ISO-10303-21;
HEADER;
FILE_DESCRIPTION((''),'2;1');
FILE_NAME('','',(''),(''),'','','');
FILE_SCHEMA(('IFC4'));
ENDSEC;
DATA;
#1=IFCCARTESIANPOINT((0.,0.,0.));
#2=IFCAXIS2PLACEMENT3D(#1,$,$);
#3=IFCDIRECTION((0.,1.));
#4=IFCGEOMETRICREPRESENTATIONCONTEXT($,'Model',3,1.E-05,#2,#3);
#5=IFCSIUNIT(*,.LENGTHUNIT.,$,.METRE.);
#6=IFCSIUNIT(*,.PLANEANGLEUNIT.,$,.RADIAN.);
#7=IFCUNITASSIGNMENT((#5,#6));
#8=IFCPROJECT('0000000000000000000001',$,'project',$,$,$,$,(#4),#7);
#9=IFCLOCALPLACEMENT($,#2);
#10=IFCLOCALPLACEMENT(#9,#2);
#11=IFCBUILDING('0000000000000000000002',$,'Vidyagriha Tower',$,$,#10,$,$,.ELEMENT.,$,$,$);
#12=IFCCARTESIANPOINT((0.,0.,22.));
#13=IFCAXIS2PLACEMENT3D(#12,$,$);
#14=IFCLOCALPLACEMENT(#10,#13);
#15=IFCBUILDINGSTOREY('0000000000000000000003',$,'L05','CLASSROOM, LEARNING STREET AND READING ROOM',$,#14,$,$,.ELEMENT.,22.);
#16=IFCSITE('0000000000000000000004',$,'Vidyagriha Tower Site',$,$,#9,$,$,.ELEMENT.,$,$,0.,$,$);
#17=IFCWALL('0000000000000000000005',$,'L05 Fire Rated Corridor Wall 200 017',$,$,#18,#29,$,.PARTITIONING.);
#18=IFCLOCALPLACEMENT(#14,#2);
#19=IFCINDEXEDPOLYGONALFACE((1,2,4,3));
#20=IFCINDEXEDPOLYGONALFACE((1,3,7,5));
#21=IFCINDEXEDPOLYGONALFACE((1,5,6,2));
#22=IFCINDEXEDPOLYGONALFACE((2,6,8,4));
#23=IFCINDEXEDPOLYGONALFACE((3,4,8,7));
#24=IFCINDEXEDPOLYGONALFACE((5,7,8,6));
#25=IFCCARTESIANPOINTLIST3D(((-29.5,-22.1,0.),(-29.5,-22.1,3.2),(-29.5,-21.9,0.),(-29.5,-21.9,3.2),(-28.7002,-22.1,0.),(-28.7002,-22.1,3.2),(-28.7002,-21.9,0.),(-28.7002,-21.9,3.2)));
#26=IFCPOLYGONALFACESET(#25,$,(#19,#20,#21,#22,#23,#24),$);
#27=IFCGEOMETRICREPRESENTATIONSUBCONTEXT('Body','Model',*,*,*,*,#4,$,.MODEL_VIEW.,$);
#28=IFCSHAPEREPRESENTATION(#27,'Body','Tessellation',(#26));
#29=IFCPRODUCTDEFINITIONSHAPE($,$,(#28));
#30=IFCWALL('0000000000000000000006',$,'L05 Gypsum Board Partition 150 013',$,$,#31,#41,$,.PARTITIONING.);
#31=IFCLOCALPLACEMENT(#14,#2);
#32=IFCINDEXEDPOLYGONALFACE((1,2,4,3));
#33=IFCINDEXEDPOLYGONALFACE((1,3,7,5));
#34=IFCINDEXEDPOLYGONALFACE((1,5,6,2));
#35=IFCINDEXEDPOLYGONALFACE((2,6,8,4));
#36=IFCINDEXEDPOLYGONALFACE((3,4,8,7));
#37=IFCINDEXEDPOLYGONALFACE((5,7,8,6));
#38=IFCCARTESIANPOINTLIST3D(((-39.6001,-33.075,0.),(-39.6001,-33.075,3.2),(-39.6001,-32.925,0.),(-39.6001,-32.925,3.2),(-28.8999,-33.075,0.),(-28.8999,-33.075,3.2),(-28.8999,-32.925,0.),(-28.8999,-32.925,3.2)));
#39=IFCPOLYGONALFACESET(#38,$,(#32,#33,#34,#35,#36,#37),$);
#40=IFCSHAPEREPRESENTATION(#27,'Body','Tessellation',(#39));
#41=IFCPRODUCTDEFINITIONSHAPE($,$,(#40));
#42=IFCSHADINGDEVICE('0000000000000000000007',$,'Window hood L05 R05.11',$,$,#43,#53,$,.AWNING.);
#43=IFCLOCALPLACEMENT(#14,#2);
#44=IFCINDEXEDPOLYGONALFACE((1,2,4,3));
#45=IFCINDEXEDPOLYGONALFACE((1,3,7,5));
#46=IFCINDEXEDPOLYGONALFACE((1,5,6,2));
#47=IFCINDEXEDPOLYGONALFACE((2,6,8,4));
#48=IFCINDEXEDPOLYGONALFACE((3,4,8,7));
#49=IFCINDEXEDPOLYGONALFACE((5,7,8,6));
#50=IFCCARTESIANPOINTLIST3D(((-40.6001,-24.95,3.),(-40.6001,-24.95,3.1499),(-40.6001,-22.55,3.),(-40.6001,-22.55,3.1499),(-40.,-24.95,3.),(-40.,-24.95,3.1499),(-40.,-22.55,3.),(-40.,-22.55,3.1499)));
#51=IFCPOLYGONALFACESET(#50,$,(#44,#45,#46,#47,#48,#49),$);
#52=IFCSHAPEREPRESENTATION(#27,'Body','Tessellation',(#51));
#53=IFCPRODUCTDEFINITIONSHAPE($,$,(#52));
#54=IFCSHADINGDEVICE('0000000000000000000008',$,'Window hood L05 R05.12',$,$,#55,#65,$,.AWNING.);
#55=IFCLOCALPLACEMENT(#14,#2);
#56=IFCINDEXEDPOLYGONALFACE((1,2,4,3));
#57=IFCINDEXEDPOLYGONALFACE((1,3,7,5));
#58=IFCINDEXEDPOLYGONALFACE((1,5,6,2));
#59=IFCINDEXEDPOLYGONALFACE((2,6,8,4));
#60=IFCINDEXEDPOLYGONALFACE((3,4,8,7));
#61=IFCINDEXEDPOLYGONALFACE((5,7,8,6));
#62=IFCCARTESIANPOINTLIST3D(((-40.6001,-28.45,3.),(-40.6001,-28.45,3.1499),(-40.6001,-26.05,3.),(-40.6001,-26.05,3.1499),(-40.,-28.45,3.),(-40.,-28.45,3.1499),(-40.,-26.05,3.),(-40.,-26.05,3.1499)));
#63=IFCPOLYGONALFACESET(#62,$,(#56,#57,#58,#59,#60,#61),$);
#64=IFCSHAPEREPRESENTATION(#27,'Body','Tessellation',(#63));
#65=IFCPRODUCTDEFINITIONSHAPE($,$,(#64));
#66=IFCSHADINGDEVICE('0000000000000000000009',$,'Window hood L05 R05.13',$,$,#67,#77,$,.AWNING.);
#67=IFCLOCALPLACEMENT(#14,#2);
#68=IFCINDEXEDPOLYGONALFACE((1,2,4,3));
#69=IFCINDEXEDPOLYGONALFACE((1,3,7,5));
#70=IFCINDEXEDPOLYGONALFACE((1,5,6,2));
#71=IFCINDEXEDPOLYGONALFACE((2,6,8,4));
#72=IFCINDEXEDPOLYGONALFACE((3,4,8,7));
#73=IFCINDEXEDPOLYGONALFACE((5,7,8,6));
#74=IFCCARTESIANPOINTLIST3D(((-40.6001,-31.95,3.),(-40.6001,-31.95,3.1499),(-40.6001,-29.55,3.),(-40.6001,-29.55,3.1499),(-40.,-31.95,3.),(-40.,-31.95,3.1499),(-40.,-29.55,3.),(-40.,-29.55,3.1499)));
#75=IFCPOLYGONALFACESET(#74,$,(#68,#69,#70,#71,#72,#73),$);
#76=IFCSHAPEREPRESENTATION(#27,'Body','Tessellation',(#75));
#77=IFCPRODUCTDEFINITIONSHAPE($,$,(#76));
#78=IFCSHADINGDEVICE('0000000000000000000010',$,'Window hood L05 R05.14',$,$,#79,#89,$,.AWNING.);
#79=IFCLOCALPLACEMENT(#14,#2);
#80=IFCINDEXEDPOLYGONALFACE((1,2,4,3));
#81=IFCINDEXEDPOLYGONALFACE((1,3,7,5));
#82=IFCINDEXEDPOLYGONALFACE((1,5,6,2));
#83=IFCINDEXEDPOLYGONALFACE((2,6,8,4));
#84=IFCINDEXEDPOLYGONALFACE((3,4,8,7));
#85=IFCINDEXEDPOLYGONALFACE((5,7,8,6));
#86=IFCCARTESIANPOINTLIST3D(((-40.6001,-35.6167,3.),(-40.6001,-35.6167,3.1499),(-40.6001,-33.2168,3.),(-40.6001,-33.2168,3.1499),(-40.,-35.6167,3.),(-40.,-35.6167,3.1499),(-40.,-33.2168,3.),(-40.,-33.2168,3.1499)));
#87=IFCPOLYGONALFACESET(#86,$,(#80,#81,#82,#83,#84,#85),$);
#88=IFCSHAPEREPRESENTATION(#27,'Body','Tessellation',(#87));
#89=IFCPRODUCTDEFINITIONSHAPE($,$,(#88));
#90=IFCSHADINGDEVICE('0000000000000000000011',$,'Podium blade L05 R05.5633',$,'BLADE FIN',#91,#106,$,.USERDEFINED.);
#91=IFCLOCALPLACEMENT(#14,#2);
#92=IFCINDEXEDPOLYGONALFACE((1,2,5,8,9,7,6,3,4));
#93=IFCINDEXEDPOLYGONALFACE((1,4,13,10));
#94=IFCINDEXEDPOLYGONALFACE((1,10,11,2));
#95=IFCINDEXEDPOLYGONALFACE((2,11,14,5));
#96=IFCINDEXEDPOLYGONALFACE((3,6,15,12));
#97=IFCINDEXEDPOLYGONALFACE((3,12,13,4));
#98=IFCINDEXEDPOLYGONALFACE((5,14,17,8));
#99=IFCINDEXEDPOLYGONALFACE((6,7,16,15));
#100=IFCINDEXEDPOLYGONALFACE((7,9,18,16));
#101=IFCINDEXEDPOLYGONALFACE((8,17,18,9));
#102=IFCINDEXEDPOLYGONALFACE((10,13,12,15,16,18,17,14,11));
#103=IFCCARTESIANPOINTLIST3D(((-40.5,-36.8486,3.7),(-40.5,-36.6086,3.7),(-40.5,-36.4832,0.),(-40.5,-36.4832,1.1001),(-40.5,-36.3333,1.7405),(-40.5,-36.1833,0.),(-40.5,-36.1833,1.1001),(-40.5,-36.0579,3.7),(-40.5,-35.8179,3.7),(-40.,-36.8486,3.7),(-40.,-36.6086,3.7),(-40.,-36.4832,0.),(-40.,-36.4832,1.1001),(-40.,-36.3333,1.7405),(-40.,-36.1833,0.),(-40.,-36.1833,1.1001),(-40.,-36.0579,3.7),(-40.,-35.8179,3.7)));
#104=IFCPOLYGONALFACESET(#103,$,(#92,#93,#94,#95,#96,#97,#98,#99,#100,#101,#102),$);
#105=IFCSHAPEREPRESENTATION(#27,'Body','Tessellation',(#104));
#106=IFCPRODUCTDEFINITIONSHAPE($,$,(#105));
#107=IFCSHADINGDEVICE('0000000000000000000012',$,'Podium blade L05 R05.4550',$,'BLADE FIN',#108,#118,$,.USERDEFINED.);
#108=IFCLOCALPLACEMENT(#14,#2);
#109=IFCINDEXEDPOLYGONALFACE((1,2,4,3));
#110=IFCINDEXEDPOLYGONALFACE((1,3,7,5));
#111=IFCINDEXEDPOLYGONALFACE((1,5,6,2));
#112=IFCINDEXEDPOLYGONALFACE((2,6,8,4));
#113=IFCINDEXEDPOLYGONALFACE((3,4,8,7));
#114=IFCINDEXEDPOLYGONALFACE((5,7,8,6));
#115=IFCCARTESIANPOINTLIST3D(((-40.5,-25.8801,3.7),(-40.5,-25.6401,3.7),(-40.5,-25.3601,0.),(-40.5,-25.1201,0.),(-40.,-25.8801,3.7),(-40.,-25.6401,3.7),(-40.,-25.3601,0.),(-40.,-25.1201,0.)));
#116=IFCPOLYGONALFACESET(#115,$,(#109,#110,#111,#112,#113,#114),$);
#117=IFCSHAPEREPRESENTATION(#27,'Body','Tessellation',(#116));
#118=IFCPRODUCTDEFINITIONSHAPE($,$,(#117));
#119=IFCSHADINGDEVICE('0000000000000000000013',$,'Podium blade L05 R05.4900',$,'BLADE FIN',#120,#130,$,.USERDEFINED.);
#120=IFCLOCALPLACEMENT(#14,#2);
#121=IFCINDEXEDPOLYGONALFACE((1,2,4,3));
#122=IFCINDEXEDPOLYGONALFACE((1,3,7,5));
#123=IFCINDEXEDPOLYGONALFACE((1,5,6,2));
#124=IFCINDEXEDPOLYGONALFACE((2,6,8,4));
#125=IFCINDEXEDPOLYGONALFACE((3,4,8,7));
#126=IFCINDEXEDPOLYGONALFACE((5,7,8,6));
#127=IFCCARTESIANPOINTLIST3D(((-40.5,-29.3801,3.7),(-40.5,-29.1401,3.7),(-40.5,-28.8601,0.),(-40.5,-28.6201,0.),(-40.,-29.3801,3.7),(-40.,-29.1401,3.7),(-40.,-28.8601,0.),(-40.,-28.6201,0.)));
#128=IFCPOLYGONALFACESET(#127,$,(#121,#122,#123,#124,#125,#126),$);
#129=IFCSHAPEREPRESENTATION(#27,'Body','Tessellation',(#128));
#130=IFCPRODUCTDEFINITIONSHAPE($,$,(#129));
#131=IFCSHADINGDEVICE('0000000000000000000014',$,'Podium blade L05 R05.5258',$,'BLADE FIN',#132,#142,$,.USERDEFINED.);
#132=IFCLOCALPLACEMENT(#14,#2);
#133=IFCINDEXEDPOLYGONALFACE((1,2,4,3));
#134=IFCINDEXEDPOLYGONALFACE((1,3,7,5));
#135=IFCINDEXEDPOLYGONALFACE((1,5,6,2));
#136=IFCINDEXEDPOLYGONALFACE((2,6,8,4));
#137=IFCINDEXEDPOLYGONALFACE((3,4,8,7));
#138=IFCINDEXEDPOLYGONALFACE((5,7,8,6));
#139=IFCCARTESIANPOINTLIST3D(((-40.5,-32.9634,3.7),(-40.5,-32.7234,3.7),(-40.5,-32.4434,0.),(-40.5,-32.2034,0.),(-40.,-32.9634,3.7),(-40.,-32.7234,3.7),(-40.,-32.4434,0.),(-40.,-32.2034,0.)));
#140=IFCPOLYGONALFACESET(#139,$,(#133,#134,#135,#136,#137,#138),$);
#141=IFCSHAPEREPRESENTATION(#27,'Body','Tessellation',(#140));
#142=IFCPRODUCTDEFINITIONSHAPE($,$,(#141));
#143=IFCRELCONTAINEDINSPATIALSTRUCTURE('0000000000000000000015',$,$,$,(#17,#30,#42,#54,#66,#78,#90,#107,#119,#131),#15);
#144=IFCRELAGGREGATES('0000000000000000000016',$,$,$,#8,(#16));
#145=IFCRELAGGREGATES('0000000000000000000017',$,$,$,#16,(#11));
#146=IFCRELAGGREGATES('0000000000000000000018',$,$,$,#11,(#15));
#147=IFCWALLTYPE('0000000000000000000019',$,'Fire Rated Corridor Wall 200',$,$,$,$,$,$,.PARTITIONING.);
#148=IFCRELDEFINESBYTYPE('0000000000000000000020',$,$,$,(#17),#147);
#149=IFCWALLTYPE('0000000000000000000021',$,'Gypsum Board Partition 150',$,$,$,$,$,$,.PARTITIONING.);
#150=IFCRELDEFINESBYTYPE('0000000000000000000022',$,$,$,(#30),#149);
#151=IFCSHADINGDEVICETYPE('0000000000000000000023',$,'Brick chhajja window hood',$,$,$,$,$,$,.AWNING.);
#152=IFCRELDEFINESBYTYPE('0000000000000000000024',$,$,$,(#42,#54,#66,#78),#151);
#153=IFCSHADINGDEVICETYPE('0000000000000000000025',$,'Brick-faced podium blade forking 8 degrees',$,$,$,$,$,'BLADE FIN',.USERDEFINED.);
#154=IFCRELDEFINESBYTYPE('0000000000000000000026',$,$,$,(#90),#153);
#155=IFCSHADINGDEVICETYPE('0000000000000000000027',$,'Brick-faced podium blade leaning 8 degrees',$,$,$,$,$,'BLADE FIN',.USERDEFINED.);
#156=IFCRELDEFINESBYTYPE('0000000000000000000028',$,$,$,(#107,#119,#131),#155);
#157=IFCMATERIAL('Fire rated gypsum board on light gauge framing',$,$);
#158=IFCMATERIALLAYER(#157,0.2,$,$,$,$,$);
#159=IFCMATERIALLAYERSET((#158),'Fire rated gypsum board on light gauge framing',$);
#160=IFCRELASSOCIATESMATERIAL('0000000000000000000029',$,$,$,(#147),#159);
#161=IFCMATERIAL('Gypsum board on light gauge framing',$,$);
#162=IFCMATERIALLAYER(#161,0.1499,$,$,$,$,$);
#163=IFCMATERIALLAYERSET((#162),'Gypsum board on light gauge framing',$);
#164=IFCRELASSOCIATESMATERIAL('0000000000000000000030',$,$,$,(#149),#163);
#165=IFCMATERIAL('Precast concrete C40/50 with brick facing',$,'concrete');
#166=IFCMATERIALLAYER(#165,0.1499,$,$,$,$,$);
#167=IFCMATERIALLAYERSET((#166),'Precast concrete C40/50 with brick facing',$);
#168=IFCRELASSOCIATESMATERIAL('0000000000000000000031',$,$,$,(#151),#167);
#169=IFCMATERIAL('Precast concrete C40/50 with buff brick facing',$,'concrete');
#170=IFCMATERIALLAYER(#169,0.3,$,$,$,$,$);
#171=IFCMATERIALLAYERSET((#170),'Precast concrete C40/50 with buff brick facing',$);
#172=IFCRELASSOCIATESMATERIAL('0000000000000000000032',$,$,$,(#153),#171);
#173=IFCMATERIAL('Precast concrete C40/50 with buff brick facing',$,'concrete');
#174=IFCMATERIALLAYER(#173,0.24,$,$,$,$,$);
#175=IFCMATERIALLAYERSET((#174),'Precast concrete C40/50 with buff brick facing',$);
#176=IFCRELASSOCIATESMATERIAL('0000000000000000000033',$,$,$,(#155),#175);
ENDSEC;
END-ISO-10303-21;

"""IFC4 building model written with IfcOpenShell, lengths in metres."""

from ifc_helpers import new_model, si_unit, direction, frame, frame_2d, origin, origin_2d, place, context, subcontext, project, spatial, polyline, rectangle, outline, extrude, material, layer, layer_set, type_object, element, save


model = new_model("IFC4")

# Units and contexts
model_context = context("Model", 3, precision=1e-05, world=origin(), true_north=direction((0.0, 1.0)))
body_context = subcontext(model_context, "Body", "Model", "MODEL_VIEW")
ifc_project = project(units=[si_unit("LENGTHUNIT", "METRE"), si_unit("PLANEANGLEUNIT", "RADIAN")], contexts=[model_context])

# Site, building, storey
site_placement = place(None, origin())
site = spatial("IfcSite", under=ifc_project, at=site_placement, Name="Vidyagriha Tower Site", CompositionType="ELEMENT", RefElevation=0.0)
building_placement = place(site_placement, origin())
building = spatial("IfcBuilding", under=site, at=building_placement, Name="Vidyagriha Tower", CompositionType="ELEMENT")
storey_placement = place(building_placement, frame((0.0, 0.0, 22.0)))
storey = spatial("IfcBuildingStorey", under=building, at=storey_placement, Name="L05", Description="CLASSROOM, LEARNING STREET AND READING ROOM", CompositionType="ELEMENT", Elevation=22.0)

# Shared definitions
ifc_material_1 = material(Name="Fire rated gypsum board on light gauge framing")
ifc_layer_1 = layer(ifc_material_1, 0.2)
ifc_layer_set_1 = layer_set([ifc_layer_1], Name="Fire rated gypsum board on light gauge framing")
wall_type_1 = type_object("IfcWallType", Name="Fire Rated Corridor Wall 200", PredefinedType="PARTITIONING", material=ifc_layer_set_1)

# Walls
wall_1_placement = place(storey_placement, frame((-29.5, -22.0, 0.0)))
element("IfcWall", 1, at=wall_1_placement, inside=storey, type_object=wall_type_1, Name="L05 Fire Rated Corridor Wall 200 017", PredefinedType="PARTITIONING", context=body_context, shape_type="SweptSolid", body=[
    extrude(rectangle(XDim=0.7998, YDim=0.2, at=frame_2d((0.3999, 0.0))), origin(), (0.0, 0.0, 1.0), 3.2),
])
ifc_material_2 = material(Name="Gypsum board on light gauge framing")
ifc_layer_2 = layer(ifc_material_2, 0.1499)
ifc_layer_set_2 = layer_set([ifc_layer_2], Name="Gypsum board on light gauge framing")
wall_type_2 = type_object("IfcWallType", Name="Gypsum Board Partition 150", PredefinedType="PARTITIONING", material=ifc_layer_set_2)
wall_2_placement = place(storey_placement, frame((-39.6001, -33.0, 0.0)))
element("IfcWall", 2, at=wall_2_placement, inside=storey, type_object=wall_type_2, Name="L05 Gypsum Board Partition 150 013", PredefinedType="PARTITIONING", context=body_context, shape_type="SweptSolid", body=[
    extrude(rectangle(XDim=10.7002, YDim=0.1499, at=frame_2d((5.3501, 0.0))), origin(), (0.0, 0.0, 1.0), 3.2),
])

# Shading devices
ifc_material_3 = material(Name="Precast concrete C40/50 with brick facing", Category="concrete")
ifc_layer_3 = layer(ifc_material_3, 0.1499)
ifc_layer_set_3 = layer_set([ifc_layer_3], Name="Precast concrete C40/50 with brick facing")
shading_device_type_1 = type_object("IfcShadingDeviceType", Name="Brick chhajja window hood", PredefinedType="AWNING", material=ifc_layer_set_3)
for number, where, z_axis, x_axis, name in (
    (3, (-40.3, -23.75, 3.0), (0.0, 0.0, 1.0), (0.0, -1.0, 0.0), "Window hood L05 R05.11"),
    (4, (-40.3, -27.25, 3.0), (0.0, 0.0, 1.0), (0.0, -1.0, 0.0), "Window hood L05 R05.12"),
    (5, (-40.3, -30.75, 3.0), (0.0, 0.0, 1.0), (0.0, -1.0, 0.0), "Window hood L05 R05.13"),
    (6, (-40.3, -34.4167, 3.0), (0.0, 0.0, 1.0), (0.0, -1.0, 0.0), "Window hood L05 R05.14"),
):
    element("IfcShadingDevice", number, at=place(storey_placement, frame(where, z_axis=z_axis, x_axis=x_axis)), inside=storey, type_object=shading_device_type_1, Name=name, PredefinedType="AWNING", context=body_context, shape_type="SweptSolid", body=[
        extrude(rectangle(XDim=2.3999, YDim=0.6001, at=origin_2d()), origin(), (0.0, 0.0, 1.0), 0.1499),
    ])
ifc_material_4 = material(Name="Precast concrete C40/50 with buff brick facing", Category="concrete")
ifc_layer_4 = layer(ifc_material_4, 0.3)
ifc_layer_set_4 = layer_set([ifc_layer_4], Name="Precast concrete C40/50 with buff brick facing")
shading_device_type_2 = type_object("IfcShadingDeviceType", Name="Brick-faced podium blade forking 8 degrees", ElementType="BLADE FIN", PredefinedType="USERDEFINED", material=ifc_layer_set_4)
shading_device_placement = place(storey_placement, frame((-40.25, -35.8179, 0.0), z_axis=(0.0, 0.0, 1.0), x_axis=(0.0, -1.0, 0.0)))
element("IfcShadingDevice", 7, at=shading_device_placement, inside=storey, type_object=shading_device_type_2, Name="Podium blade L05 R05.5633", ObjectType="BLADE FIN", PredefinedType="USERDEFINED", context=body_context, shape_type="SweptSolid", body=[
    extrude(outline(polyline([(0.6653, 0.0), (0.6653, 1.1001), (1.0308, 3.7), (0.7908, 3.7), (0.5154, 1.7405), (0.24, 3.7), (0.0, 3.7), (0.3655, 1.1001), (0.3655, 0.0), (0.6653, 0.0)])), frame((0.0, 0.25, 0.0), z_axis=(0.0, -1.0, 0.0), x_axis=(1.0, 0.0, 0.0)), (0.0, 0.0, 1.0), 0.5),
])
ifc_material_5 = material(Name="Precast concrete C40/50 with buff brick facing", Category="concrete")
ifc_layer_5 = layer(ifc_material_5, 0.24)
ifc_layer_set_5 = layer_set([ifc_layer_5], Name="Precast concrete C40/50 with buff brick facing")
shading_device_type_3 = type_object("IfcShadingDeviceType", Name="Brick-faced podium blade leaning 8 degrees", ElementType="BLADE FIN", PredefinedType="USERDEFINED", material=ifc_layer_set_5)
for number, where, z_axis, x_axis, name in (
    (8, (-40.25, -25.1201, 0.0), (0.0, 0.0, 1.0), (0.0, -1.0, 0.0), "Podium blade L05 R05.4550"),
    (9, (-40.25, -28.6201, 0.0), (0.0, 0.0, 1.0), (0.0, -1.0, 0.0), "Podium blade L05 R05.4900"),
    (10, (-40.25, -32.2034, 0.0), (0.0, 0.0, 1.0), (0.0, -1.0, 0.0), "Podium blade L05 R05.5258"),
):
    element("IfcShadingDevice", number, at=place(storey_placement, frame(where, z_axis=z_axis, x_axis=x_axis)), inside=storey, type_object=shading_device_type_3, Name=name, ObjectType="BLADE FIN", PredefinedType="USERDEFINED", context=body_context, shape_type="SweptSolid", body=[
        extrude(outline(polyline([(0.0, 0.0), (0.24, 0.0), (0.76, 3.7), (0.52, 3.7), (0.0, 0.0)])), frame((0.0, 0.25, 0.0), z_axis=(0.0, -1.0, 0.0), x_axis=(1.0, 0.0, 0.0)), (0.0, 0.0, 1.0), 0.5),
    ])

save(model, "model.ifc")
